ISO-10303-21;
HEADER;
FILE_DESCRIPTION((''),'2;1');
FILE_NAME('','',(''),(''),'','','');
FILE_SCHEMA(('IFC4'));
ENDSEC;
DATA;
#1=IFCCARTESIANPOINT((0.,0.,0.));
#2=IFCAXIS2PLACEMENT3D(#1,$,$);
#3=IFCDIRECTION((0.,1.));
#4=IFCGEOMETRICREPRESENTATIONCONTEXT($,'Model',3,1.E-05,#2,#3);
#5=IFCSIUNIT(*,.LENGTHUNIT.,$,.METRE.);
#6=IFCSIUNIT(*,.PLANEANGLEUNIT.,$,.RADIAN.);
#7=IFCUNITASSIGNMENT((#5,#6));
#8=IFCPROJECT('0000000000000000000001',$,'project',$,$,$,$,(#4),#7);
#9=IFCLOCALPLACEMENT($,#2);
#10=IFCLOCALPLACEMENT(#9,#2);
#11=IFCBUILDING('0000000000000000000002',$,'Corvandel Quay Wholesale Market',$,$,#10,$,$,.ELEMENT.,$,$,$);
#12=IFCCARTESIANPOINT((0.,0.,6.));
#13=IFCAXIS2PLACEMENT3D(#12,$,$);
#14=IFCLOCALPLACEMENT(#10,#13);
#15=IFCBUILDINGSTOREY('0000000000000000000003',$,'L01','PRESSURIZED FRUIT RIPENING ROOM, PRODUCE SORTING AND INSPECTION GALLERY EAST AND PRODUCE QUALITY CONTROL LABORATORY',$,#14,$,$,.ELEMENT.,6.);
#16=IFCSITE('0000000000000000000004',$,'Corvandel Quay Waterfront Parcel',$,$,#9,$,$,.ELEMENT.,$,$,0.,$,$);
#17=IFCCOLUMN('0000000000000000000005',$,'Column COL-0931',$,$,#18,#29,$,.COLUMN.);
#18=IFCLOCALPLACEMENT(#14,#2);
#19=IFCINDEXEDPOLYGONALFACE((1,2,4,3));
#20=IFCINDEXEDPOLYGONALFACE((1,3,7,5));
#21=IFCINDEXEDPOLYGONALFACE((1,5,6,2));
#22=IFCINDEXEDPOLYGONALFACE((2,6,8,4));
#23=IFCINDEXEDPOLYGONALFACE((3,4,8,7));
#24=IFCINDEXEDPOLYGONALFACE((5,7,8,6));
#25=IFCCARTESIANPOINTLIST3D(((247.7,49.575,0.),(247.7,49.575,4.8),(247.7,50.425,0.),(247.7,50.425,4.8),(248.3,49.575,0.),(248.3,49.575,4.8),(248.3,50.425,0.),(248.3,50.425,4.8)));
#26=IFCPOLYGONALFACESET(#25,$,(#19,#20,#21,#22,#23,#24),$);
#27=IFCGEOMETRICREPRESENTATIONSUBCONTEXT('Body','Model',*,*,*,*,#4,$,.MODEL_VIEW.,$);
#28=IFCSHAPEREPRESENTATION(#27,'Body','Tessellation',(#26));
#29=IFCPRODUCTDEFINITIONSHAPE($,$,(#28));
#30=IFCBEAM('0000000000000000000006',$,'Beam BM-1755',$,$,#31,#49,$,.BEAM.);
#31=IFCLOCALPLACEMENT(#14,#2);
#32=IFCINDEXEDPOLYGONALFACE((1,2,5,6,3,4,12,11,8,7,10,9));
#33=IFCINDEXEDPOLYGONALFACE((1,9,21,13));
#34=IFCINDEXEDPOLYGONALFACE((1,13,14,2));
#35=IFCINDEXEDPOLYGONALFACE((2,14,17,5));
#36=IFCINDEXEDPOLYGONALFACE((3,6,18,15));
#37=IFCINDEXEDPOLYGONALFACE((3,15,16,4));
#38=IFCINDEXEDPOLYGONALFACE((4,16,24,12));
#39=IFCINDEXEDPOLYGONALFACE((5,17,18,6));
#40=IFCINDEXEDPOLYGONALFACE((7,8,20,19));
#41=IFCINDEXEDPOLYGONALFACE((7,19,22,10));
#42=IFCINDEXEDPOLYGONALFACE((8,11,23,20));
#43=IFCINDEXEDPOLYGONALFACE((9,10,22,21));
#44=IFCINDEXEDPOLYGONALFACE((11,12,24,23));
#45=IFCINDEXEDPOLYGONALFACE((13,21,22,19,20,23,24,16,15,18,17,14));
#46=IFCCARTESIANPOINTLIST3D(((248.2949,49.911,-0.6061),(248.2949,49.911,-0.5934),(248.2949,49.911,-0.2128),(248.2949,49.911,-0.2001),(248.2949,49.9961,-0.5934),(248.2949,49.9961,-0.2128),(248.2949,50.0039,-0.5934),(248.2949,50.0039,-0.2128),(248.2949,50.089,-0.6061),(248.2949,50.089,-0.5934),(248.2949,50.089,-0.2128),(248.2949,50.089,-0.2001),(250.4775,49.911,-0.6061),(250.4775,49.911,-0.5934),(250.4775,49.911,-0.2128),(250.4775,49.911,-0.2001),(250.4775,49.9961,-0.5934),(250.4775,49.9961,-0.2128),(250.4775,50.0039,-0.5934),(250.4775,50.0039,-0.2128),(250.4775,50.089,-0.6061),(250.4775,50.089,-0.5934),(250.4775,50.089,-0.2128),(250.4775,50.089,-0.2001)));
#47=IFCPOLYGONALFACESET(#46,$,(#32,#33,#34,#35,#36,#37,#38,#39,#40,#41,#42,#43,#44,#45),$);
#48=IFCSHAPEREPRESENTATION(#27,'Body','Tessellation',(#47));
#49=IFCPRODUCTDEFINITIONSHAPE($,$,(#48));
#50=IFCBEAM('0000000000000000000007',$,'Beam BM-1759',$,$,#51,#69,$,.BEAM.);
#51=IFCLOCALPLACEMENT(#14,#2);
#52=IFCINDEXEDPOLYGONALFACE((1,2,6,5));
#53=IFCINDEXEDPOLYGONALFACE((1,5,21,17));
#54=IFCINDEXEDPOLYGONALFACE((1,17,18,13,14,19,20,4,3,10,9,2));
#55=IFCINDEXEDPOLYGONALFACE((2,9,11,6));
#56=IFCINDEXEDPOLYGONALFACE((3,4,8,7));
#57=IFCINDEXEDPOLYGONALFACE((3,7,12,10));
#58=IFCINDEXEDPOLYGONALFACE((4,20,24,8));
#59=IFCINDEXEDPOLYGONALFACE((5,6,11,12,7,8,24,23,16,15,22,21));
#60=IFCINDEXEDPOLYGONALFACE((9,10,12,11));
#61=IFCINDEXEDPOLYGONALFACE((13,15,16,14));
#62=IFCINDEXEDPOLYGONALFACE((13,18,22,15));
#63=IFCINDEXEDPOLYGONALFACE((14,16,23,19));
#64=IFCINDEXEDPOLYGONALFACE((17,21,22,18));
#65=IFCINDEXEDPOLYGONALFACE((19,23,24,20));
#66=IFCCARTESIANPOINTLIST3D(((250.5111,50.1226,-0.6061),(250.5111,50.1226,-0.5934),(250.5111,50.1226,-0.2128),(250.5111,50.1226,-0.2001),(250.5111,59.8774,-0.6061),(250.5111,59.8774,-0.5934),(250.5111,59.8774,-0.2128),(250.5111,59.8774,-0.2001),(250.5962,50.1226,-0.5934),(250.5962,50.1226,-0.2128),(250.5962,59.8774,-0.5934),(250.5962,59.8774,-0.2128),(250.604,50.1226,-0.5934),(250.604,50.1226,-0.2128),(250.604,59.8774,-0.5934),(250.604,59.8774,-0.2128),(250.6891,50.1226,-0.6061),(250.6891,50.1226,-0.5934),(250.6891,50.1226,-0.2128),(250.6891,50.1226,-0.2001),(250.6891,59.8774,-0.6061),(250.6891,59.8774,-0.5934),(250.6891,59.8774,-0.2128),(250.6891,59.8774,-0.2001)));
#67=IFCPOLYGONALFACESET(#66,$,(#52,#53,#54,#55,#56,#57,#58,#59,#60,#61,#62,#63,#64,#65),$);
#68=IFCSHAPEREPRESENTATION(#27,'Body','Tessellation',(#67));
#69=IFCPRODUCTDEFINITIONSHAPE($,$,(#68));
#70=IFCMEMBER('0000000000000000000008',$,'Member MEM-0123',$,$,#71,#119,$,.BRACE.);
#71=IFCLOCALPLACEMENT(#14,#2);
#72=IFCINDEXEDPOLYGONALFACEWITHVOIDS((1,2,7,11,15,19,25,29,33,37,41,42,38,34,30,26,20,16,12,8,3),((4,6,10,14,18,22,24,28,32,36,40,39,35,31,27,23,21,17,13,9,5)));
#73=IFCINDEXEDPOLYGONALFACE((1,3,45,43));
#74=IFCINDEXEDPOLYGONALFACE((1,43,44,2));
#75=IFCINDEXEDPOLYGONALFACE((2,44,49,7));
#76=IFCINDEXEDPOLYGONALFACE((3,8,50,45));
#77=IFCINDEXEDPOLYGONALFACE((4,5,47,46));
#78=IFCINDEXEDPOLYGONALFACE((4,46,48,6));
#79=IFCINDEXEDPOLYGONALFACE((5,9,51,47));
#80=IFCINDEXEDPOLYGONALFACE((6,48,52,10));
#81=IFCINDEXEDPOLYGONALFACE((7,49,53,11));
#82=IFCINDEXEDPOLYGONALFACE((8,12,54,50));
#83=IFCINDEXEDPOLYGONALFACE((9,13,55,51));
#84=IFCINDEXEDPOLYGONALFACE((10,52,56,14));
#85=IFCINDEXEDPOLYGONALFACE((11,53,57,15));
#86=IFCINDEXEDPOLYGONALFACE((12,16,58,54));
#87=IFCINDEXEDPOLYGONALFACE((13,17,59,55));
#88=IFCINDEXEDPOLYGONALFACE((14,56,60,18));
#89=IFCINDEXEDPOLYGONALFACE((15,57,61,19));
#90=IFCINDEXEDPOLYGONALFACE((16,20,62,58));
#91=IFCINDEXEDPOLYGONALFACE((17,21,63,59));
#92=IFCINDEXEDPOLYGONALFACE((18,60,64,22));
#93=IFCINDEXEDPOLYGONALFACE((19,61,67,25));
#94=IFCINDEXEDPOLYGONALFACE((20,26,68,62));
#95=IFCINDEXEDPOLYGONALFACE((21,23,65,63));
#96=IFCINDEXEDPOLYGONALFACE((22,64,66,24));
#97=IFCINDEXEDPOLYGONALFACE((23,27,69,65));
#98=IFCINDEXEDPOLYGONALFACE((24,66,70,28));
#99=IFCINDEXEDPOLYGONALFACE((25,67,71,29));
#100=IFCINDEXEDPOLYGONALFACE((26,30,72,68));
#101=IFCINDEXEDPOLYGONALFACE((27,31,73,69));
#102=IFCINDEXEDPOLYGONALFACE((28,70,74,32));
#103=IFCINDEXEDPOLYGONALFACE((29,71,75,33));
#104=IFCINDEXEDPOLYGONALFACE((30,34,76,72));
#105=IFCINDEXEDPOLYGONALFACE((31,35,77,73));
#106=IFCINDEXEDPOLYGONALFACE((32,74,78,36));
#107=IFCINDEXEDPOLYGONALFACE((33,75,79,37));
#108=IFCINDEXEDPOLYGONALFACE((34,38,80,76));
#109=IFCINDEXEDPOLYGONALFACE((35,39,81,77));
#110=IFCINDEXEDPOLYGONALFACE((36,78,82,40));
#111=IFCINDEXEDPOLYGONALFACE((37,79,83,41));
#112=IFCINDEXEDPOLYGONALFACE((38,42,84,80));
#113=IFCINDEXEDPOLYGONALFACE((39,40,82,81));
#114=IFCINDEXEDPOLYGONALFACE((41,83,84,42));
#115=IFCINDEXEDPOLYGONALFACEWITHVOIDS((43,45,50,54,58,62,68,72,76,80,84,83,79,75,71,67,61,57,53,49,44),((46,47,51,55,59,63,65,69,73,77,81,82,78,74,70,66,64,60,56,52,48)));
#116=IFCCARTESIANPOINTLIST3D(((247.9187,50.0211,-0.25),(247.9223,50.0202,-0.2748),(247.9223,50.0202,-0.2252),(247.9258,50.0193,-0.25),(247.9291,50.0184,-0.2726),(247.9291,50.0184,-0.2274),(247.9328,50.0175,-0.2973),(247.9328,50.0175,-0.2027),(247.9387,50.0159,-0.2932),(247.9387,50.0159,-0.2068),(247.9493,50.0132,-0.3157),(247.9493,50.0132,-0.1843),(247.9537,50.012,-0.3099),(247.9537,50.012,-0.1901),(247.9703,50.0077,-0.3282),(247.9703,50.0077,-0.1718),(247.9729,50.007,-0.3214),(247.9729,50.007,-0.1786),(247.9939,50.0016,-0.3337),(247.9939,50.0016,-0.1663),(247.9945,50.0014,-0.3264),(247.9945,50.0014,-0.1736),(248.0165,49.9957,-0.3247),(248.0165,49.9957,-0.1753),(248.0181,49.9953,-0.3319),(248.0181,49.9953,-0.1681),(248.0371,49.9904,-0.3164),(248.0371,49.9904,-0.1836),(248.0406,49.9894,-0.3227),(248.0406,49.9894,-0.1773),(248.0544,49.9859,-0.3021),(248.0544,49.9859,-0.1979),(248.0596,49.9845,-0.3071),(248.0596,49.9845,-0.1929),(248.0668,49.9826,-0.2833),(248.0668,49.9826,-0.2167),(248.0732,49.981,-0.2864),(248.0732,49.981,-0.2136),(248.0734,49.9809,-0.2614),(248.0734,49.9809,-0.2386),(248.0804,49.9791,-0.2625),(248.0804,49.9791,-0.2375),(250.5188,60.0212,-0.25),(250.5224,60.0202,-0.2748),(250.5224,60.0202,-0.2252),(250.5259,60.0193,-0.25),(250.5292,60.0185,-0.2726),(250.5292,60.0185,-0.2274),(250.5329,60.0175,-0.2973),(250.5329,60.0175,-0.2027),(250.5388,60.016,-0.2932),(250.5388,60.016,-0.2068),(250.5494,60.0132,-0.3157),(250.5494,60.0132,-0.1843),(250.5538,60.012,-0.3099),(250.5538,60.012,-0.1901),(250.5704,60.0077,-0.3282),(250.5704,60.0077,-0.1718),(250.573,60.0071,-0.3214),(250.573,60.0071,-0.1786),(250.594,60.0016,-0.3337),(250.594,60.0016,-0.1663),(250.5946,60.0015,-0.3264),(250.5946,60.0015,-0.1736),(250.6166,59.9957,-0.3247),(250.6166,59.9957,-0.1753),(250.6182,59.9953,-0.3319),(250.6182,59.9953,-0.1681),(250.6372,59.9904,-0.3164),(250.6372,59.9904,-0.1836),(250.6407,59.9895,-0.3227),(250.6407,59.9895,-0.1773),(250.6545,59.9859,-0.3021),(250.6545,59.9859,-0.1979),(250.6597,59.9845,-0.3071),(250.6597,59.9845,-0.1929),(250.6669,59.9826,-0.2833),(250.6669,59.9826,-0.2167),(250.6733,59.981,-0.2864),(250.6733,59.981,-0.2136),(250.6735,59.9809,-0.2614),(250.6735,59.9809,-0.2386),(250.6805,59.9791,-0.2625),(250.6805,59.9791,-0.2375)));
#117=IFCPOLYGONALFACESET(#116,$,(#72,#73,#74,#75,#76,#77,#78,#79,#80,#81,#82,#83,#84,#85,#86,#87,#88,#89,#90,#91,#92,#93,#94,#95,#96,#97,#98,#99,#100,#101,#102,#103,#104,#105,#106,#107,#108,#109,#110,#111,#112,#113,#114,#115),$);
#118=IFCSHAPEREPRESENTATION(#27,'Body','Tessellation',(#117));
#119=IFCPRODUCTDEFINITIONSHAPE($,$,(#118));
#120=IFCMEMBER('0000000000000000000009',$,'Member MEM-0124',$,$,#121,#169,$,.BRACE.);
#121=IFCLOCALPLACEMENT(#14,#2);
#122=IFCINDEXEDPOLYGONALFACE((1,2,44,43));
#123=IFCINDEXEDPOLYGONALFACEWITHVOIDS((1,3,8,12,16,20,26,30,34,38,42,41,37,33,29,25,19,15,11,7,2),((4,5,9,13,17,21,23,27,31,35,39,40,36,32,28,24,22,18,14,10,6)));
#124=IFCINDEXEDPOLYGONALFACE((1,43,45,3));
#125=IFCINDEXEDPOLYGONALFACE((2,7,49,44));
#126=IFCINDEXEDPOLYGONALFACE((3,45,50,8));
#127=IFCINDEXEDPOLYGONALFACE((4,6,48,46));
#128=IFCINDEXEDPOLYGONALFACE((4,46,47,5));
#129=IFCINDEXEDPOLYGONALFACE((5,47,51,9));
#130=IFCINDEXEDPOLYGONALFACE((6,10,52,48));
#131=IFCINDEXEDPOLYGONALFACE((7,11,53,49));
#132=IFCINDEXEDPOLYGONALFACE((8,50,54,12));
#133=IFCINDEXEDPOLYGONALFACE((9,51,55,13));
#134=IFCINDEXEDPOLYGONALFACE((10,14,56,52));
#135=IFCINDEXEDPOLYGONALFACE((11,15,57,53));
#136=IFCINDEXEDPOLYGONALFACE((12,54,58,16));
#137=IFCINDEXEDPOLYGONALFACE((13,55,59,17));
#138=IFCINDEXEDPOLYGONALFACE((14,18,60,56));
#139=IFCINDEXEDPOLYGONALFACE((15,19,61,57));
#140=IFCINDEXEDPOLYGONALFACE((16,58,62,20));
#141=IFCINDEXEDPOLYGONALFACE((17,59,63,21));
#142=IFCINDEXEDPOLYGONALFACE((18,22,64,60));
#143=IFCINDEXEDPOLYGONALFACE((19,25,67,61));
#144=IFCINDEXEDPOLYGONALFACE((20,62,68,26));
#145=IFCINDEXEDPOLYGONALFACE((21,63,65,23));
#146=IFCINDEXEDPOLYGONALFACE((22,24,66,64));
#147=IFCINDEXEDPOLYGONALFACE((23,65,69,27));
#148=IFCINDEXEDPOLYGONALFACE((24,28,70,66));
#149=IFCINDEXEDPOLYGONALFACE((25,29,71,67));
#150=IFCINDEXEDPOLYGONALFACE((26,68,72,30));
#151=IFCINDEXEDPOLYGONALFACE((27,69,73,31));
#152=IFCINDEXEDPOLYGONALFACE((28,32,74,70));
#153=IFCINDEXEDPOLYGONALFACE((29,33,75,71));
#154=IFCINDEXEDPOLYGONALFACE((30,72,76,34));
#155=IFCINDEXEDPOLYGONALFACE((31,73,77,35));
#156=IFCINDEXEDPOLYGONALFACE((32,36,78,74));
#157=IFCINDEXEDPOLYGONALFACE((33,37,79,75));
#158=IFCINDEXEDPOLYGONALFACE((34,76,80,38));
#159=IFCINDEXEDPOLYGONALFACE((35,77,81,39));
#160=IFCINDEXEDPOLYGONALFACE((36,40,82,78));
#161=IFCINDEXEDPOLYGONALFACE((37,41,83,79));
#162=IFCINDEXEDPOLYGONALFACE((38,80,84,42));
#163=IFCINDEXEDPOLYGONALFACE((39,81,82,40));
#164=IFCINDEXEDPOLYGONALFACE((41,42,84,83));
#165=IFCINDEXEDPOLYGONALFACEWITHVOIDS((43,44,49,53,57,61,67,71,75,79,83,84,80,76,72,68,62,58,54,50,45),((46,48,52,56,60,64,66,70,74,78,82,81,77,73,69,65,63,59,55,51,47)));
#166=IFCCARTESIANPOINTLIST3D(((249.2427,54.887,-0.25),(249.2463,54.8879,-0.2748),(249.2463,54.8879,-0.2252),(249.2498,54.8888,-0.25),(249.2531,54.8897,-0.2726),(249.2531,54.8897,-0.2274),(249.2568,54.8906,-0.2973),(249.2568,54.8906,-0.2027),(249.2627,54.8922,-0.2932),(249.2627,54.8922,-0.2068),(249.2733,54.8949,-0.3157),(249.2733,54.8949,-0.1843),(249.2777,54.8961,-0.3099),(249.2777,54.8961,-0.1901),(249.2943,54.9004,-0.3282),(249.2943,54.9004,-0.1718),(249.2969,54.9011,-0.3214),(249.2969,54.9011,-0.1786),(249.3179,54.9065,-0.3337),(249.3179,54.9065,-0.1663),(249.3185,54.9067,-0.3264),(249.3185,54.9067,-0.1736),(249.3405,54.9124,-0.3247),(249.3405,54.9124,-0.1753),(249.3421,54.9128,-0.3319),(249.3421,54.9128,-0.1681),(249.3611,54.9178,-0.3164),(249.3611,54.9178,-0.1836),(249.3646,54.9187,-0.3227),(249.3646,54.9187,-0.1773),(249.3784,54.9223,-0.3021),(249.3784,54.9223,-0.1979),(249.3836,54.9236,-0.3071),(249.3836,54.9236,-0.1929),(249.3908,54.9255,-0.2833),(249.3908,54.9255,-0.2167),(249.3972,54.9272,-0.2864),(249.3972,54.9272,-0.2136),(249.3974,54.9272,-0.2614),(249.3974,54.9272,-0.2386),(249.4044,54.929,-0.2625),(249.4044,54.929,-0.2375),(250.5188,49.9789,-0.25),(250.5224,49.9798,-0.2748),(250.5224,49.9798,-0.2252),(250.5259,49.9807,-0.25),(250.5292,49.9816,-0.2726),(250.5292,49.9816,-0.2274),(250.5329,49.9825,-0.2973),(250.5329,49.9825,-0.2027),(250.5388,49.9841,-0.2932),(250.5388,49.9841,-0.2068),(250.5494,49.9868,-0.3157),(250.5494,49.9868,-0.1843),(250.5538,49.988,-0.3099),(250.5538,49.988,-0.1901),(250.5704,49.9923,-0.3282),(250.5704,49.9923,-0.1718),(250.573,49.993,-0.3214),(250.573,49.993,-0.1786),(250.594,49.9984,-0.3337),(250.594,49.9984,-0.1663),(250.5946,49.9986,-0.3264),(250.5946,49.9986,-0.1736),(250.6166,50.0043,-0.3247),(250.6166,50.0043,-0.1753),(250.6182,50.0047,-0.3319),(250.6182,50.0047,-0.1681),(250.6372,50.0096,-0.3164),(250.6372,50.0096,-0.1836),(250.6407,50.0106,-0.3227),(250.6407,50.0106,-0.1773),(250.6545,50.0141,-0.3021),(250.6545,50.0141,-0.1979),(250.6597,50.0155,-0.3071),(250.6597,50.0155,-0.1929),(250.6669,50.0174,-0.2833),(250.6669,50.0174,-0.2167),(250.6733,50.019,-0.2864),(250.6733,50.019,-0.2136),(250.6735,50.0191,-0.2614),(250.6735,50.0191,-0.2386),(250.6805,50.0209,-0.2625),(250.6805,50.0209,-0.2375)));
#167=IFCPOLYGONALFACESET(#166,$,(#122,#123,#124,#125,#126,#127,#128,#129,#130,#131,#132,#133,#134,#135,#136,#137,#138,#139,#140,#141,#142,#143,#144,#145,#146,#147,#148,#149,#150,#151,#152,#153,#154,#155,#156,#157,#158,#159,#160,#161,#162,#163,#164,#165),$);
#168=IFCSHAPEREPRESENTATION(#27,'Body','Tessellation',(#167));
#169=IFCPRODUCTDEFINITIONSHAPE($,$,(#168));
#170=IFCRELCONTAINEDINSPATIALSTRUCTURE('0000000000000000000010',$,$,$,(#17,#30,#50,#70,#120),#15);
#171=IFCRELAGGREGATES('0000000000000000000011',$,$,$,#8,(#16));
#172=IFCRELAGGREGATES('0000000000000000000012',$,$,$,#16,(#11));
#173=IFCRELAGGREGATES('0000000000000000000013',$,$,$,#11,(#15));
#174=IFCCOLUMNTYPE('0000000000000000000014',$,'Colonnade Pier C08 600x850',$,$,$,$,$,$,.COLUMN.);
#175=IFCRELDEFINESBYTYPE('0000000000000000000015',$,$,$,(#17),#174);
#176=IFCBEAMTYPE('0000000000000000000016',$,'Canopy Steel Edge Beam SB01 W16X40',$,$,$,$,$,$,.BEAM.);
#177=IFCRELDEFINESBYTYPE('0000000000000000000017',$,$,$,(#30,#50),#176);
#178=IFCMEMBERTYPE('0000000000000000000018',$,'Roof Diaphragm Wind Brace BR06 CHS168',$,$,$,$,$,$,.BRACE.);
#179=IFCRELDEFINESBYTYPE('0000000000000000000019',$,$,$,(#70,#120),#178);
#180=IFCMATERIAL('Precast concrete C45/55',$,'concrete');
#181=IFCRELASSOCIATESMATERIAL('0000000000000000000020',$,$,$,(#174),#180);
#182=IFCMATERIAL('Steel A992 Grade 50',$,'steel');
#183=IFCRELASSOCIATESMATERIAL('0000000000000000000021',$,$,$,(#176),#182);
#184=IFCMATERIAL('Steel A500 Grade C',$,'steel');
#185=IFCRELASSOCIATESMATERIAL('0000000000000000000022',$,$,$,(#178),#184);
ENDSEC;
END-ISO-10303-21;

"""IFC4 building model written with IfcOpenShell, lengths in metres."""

from ifc_helpers import new_model, si_unit, direction, frame, origin, origin_2d, place, context, subcontext, project, spatial, rectangle, hollow_circle, i_section, extrude, material, material_profile, profile_set, type_object, element, save


model = new_model("IFC4")

# Units and contexts
model_context = context("Model", 3, precision=1e-05, world=origin(), true_north=direction((0.0, 1.0)))
body_context = subcontext(model_context, "Body", "Model", "MODEL_VIEW")
ifc_project = project(units=[si_unit("LENGTHUNIT", "METRE"), si_unit("PLANEANGLEUNIT", "RADIAN")], contexts=[model_context])

# Site, building, storey
site_placement = place(None, origin())
site = spatial("IfcSite", under=ifc_project, at=site_placement, Name="Corvandel Quay Waterfront Parcel", CompositionType="ELEMENT", RefElevation=0.0)
building_placement = place(site_placement, origin())
building = spatial("IfcBuilding", under=site, at=building_placement, Name="Corvandel Quay Wholesale Market", CompositionType="ELEMENT")
storey_placement = place(building_placement, frame((0.0, 0.0, 6.0)))
storey = spatial("IfcBuildingStorey", under=building, at=storey_placement, Name="L01", Description="PRESSURIZED FRUIT RIPENING ROOM, PRODUCE SORTING AND INSPECTION GALLERY EAST AND PRODUCE QUALITY CONTROL LABORATORY", CompositionType="ELEMENT", Elevation=6.0)

# Column
ifc_material_1 = material(Name="Precast concrete C45/55", Category="concrete")
ifc_material_profile_1 = material_profile(ifc_material_1, rectangle(XDim=0.6001, YDim=0.8501, at=origin_2d()), Name="PC-COL-600x850")
ifc_profile_set_1 = profile_set([ifc_material_profile_1], Name="Precast concrete C45/55")
column_type = type_object("IfcColumnType", Name="Colonnade Pier C08 600x850", PredefinedType="COLUMN", material=ifc_profile_set_1)
column_placement = place(storey_placement, frame((248.0, 50.0, 0.0), z_axis=(0.0, 0.0, 1.0), x_axis=(1.0, 0.0, 0.0)))
element("IfcColumn", 1, at=column_placement, inside=storey, type_object=column_type, Name="Column COL-0931", PredefinedType="COLUMN", context=body_context, shape_type="SweptSolid", body=[
    extrude(rectangle(XDim=0.6001, YDim=0.8501, at=origin_2d()), origin(), (0.0, 0.0, 1.0), 4.8),
])

# Beams
ifc_material_2 = material(Name="Steel A992 Grade 50", Category="steel")
ifc_material_profile_2 = material_profile(ifc_material_2, i_section(OverallWidth=0.178, OverallDepth=0.406, WebThickness=0.0078, FlangeThickness=0.0127, at=origin_2d()), Name="W16X40")
ifc_profile_set_2 = profile_set([ifc_material_profile_2], Name="Steel A992 Grade 50")
beam_type_1 = type_object("IfcBeamType", Name="Canopy Steel Edge Beam SB01 W16X40", PredefinedType="BEAM", material=ifc_profile_set_2)
beam_1_placement = place(storey_placement, frame((248.2949, 50.0, -0.4031), z_axis=(1.0, 0.0, 0.0), x_axis=(0.0, 1.0, 0.0)))
element("IfcBeam", 2, at=beam_1_placement, inside=storey, type_object=beam_type_1, Name="Beam BM-1755", PredefinedType="BEAM", context=body_context, shape_type="SweptSolid", body=[
    extrude(i_section(OverallWidth=0.178, OverallDepth=0.406, WebThickness=0.0078, FlangeThickness=0.0127, at=origin_2d()), origin(), (0.0, 0.0, 1.0), 2.1826),
])
beam_2_placement = place(storey_placement, frame((250.6001, 50.1226, -0.4031), z_axis=(0.0, 1.0, 0.0), x_axis=(-1.0, 0.0, 0.0)))
element("IfcBeam", 3, at=beam_2_placement, inside=storey, type_object=beam_type_1, Name="Beam BM-1759", PredefinedType="BEAM", context=body_context, shape_type="SweptSolid", body=[
    extrude(i_section(OverallWidth=0.178, OverallDepth=0.406, WebThickness=0.0078, FlangeThickness=0.0127, at=origin_2d()), origin(), (0.0, 0.0, 1.0), 9.7549),
])

# Members
ifc_material_3 = material(Name="Steel A500 Grade C", Category="steel")
ifc_material_profile_3 = material_profile(ifc_material_3, hollow_circle(Radius=0.084, WallThickness=0.0073, at=origin_2d()), Name="HSS6.625X0.312")
ifc_profile_set_3 = profile_set([ifc_material_profile_3], Name="Steel A500 Grade C")
member_type = type_object("IfcMemberType", Name="Roof Diaphragm Wind Brace BR06 CHS168", PredefinedType="BRACE", material=ifc_profile_set_3)
member_placement = place(storey_placement, frame((248.0, 50.0, -0.25), z_axis=(0.251643, 0.96782, 0.0), x_axis=(-0.96782, 0.251643, 0.0)))
element("IfcMember", 4, at=member_placement, inside=storey, type_object=member_type, Name="Member MEM-0123", PredefinedType="BRACE", context=body_context, shape_type="SweptSolid", body=[
    extrude(hollow_circle(Radius=0.084, WallThickness=0.0073, at=origin_2d()), origin(), (0.0, 0.0, 1.0), 10.3325),
])
for number, where, z_axis, x_axis, name in (
    (5, (250.6001, 50.0, -0.25), (-0.251632, 0.967823, 0.0), (-0.967823, -0.251632, 0.0), "Member MEM-0124"),
):
    element("IfcMember", number, at=place(storey_placement, frame(where, z_axis=z_axis, x_axis=x_axis)), inside=storey, type_object=member_type, Name=name, PredefinedType="BRACE", context=body_context, shape_type="SweptSolid", body=[
        extrude(hollow_circle(Radius=0.084, WallThickness=0.0073, at=origin_2d()), origin(), (0.0, 0.0, 1.0), 5.0713),
    ])

save(model, "model.ifc")
